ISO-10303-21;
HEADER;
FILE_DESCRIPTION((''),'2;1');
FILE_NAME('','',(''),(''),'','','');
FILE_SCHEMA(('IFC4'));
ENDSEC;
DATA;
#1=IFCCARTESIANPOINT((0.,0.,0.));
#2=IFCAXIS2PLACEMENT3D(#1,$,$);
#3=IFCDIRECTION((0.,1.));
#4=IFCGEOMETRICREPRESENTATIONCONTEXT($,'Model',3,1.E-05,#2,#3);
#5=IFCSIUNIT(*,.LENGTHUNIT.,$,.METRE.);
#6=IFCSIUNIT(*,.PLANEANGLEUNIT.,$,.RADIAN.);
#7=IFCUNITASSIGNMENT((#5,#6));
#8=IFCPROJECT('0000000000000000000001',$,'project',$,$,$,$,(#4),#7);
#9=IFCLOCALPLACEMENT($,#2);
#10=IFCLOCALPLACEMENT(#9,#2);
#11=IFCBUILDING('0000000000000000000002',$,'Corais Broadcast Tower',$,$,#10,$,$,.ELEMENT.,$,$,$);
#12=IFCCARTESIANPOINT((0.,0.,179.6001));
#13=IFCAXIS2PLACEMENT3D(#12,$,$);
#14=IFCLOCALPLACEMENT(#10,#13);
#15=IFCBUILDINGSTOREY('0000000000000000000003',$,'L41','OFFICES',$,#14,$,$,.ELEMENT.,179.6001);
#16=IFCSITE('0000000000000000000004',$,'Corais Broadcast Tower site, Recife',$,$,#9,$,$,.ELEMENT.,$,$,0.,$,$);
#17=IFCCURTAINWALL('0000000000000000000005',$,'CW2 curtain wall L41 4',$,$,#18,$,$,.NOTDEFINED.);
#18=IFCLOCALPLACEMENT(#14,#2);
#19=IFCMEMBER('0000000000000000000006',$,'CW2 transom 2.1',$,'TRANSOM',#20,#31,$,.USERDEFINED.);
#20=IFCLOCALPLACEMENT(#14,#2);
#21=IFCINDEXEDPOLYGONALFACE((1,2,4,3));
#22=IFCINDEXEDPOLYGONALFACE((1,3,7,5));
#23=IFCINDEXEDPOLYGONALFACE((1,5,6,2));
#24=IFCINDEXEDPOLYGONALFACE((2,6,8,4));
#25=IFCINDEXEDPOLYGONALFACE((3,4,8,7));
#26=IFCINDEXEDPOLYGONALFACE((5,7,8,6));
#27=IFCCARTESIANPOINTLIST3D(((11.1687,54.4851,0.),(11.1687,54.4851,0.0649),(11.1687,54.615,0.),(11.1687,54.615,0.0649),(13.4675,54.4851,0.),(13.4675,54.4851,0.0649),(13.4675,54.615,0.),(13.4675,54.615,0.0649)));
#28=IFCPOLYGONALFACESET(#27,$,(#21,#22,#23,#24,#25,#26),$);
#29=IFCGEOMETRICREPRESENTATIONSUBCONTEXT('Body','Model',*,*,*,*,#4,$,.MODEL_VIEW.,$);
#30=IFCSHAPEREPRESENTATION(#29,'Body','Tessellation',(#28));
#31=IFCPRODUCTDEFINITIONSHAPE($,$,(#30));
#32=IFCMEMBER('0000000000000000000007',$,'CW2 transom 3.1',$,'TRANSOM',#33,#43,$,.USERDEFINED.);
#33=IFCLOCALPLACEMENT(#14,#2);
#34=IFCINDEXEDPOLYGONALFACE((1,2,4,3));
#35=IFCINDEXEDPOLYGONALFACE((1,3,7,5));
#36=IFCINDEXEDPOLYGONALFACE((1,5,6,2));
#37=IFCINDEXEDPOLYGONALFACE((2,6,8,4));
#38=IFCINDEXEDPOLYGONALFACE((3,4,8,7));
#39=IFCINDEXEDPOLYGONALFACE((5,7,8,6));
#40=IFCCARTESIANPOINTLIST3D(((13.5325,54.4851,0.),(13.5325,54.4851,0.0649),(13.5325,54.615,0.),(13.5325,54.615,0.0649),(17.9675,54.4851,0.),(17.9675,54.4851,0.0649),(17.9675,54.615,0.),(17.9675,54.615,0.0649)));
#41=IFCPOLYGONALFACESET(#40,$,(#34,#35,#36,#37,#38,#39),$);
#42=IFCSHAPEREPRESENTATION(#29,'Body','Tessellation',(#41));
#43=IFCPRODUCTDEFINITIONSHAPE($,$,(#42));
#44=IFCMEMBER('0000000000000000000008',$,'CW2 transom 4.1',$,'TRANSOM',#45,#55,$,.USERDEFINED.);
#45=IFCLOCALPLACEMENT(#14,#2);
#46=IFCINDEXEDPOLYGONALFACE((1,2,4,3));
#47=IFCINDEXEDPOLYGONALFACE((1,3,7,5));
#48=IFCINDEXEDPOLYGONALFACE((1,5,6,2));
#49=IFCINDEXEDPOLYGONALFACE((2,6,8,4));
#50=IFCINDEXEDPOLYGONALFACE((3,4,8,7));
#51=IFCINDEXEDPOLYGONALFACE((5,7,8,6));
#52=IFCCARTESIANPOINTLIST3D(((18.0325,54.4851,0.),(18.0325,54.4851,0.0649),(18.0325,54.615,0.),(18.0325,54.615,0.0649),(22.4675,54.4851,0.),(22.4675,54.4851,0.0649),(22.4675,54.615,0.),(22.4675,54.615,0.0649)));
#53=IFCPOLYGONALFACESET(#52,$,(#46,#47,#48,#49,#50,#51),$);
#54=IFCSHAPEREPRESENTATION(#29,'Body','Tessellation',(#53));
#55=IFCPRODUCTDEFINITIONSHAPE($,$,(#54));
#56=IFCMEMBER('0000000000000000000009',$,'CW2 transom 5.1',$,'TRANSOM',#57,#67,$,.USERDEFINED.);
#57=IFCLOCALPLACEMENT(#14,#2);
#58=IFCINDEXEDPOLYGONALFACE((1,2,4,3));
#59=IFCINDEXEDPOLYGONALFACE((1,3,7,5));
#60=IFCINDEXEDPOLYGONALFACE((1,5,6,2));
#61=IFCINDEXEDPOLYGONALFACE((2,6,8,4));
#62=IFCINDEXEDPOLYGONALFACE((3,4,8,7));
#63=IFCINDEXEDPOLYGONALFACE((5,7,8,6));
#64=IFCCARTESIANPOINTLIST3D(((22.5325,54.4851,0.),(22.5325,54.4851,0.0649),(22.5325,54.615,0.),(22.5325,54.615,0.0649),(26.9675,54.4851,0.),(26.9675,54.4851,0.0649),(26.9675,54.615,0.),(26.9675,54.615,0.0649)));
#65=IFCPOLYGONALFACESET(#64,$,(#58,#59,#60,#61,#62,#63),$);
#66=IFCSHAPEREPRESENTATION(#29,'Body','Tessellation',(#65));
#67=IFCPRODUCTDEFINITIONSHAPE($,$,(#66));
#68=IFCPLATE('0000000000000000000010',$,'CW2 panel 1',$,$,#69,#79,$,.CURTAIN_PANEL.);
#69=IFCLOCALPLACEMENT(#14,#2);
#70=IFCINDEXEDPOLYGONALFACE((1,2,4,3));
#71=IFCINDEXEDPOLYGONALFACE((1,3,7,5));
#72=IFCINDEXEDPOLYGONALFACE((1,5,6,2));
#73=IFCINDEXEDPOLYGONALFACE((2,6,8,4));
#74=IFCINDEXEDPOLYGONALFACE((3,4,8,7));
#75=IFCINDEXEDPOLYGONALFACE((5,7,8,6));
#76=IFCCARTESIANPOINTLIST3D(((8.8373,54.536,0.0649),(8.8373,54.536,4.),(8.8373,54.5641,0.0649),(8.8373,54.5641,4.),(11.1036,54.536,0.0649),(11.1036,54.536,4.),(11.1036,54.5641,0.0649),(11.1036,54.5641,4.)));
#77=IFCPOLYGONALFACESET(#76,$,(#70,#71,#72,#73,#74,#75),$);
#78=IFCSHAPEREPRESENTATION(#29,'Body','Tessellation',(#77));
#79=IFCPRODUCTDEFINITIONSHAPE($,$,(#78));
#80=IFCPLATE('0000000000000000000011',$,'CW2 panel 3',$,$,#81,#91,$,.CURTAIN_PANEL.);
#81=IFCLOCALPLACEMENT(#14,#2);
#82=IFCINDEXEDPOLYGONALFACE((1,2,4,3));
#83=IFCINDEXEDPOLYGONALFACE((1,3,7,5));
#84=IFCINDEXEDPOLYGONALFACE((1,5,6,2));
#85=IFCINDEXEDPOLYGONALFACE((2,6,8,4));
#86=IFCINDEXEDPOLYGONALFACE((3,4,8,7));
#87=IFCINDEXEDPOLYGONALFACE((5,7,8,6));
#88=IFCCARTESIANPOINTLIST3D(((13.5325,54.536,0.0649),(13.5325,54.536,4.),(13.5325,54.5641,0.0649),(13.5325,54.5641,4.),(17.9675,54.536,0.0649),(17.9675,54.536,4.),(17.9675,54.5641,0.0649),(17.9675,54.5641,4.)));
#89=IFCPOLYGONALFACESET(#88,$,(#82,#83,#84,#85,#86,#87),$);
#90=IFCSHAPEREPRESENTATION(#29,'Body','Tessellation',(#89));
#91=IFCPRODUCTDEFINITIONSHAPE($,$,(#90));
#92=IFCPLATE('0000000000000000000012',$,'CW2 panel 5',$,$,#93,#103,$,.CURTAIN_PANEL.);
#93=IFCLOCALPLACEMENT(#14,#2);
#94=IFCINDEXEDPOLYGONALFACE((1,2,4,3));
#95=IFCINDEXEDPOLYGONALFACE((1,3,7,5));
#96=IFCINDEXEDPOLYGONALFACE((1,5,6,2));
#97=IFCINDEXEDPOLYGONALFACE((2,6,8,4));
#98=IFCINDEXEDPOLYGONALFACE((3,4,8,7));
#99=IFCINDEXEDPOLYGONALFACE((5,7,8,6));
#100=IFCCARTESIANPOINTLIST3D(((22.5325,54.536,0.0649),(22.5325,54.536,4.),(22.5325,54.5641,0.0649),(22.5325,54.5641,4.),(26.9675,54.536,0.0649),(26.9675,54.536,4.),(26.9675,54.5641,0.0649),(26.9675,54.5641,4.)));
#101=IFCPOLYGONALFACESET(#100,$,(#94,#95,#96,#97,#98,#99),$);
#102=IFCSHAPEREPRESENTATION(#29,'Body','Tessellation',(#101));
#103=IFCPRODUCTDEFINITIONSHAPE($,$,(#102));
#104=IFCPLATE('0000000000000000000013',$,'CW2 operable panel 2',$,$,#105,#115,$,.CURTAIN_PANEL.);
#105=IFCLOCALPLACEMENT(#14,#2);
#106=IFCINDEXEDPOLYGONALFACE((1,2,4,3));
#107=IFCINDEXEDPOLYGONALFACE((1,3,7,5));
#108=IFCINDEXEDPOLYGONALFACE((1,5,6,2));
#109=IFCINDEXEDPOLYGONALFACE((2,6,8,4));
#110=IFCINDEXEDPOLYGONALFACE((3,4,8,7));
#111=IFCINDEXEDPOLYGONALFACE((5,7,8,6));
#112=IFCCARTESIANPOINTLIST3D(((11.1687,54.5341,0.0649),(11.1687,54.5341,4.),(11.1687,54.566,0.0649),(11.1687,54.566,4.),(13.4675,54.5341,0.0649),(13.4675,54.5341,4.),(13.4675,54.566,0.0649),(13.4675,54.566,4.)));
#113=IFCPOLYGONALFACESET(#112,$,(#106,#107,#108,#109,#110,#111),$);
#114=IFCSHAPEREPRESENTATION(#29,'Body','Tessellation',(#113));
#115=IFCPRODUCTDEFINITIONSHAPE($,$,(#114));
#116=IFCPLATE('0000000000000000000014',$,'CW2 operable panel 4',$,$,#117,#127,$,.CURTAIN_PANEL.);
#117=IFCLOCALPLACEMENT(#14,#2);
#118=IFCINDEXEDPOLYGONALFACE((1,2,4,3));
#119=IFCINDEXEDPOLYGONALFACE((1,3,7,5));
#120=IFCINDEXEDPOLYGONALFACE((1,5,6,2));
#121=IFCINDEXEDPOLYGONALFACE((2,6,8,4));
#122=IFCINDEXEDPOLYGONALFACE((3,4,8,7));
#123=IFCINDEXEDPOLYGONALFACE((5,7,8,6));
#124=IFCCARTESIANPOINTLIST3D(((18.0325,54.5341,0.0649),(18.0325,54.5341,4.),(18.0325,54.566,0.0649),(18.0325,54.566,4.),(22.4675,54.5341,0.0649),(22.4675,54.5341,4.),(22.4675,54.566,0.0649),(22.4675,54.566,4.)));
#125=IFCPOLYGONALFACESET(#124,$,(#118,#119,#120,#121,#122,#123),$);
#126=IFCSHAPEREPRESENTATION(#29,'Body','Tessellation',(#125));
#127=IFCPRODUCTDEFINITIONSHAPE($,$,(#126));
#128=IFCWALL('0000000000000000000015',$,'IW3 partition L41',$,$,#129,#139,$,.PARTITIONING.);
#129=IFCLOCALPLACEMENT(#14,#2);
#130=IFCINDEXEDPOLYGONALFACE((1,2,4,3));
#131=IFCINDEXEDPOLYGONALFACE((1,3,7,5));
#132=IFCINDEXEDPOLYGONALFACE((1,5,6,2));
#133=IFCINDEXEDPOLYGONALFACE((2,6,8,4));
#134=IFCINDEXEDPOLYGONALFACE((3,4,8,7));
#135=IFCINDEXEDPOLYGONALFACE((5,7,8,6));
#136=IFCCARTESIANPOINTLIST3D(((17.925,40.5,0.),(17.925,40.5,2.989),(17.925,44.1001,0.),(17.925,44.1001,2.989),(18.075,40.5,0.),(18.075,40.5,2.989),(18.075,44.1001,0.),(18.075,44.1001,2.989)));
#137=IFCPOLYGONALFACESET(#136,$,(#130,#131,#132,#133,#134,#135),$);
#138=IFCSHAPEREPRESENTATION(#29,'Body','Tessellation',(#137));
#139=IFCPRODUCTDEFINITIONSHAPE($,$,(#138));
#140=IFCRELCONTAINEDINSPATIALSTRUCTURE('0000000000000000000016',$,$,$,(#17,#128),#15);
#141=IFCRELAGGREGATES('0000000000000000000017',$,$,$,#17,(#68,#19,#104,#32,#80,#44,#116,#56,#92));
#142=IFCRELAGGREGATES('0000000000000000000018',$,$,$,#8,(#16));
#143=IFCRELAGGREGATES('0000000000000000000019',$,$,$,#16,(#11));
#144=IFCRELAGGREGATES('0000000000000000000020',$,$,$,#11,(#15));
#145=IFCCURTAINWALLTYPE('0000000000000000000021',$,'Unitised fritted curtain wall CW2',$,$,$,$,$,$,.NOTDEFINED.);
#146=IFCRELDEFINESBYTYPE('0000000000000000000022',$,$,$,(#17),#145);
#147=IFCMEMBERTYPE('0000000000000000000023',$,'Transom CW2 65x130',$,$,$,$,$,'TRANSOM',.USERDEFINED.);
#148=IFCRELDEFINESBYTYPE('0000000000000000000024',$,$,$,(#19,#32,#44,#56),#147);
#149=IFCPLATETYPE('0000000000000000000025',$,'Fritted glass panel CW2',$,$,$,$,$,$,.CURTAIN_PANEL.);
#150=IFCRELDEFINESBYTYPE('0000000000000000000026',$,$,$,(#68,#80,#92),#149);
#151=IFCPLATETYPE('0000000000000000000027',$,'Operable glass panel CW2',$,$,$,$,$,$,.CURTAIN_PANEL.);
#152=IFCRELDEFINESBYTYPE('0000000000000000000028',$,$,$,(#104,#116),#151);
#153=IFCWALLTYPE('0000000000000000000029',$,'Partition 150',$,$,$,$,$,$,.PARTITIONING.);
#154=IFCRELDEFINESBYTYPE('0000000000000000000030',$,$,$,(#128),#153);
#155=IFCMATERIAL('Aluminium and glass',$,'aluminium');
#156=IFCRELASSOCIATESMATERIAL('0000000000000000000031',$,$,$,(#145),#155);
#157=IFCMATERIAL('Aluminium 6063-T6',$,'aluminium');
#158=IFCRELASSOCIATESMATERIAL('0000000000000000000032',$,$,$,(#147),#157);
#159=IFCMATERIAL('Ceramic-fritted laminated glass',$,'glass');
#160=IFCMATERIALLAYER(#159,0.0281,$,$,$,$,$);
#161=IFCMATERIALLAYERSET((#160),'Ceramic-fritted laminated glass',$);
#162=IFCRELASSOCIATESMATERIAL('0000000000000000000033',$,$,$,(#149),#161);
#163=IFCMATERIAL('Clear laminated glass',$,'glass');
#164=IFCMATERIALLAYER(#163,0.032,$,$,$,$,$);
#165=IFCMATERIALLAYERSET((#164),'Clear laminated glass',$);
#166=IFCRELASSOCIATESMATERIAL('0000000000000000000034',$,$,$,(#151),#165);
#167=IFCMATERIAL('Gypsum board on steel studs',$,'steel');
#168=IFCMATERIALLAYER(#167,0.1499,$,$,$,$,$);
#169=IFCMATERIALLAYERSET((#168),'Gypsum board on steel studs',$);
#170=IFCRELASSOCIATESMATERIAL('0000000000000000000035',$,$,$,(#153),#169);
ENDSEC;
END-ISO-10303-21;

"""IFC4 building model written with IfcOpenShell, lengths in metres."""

from ifc_helpers import new_model, si_unit, direction, frame, frame_2d, origin, origin_2d, place, context, subcontext, project, spatial, rectangle, extrude, material, layer, layer_set, material_profile, profile_set, type_object, element, aggregate, save


model = new_model("IFC4")

# Units and contexts
model_context = context("Model", 3, precision=1e-05, world=origin(), true_north=direction((0.0, 1.0)))
body_context = subcontext(model_context, "Body", "Model", "MODEL_VIEW")
ifc_project = project(units=[si_unit("LENGTHUNIT", "METRE"), si_unit("PLANEANGLEUNIT", "RADIAN")], contexts=[model_context])

# Site, building, storey
site_placement = place(None, origin())
site = spatial("IfcSite", under=ifc_project, at=site_placement, Name="Corais Broadcast Tower site, Recife", CompositionType="ELEMENT", RefElevation=0.0)
building_placement = place(site_placement, origin())
building = spatial("IfcBuilding", under=site, at=building_placement, Name="Corais Broadcast Tower", CompositionType="ELEMENT")
storey_placement = place(building_placement, frame((0.0, 0.0, 179.6001)))
storey = spatial("IfcBuildingStorey", under=building, at=storey_placement, Name="L41", Description="OFFICES", CompositionType="ELEMENT", Elevation=179.6001)

# Curtain wall
ifc_material_1 = material(Name="Aluminium and glass", Category="aluminium")
curtain_wall_type = type_object("IfcCurtainWallType", Name="Unitised fritted curtain wall CW2", PredefinedType="NOTDEFINED", material=ifc_material_1)
curtain_wall_placement = place(storey_placement, origin())
curtain_wall = element("IfcCurtainWall", 1, at=curtain_wall_placement, inside=storey, type_object=curtain_wall_type, Name="CW2 curtain wall L41 4", PredefinedType="NOTDEFINED")

# Members
ifc_material_2 = material(Name="Aluminium 6063-T6", Category="aluminium")
ifc_material_profile_1 = material_profile(ifc_material_2, rectangle(XDim=0.1299, YDim=0.0649, at=origin_2d()), Name="Transom CW2 65x130")
ifc_profile_set_1 = profile_set([ifc_material_profile_1], Name="Aluminium 6063-T6")
member_type_1 = type_object("IfcMemberType", Name="Transom CW2 65x130", ElementType="TRANSOM", PredefinedType="USERDEFINED", material=ifc_profile_set_1)
member_1_placement = place(storey_placement, frame((11.1687, 54.55, 0.0325), z_axis=(1.0, 0.0, 0.0), x_axis=(0.0, 1.0, 0.0)))
member_1 = element("IfcMember", 2, at=member_1_placement, type_object=member_type_1, Name="CW2 transom 2.1", ObjectType="TRANSOM", PredefinedType="USERDEFINED", context=body_context, shape_type="SweptSolid", body=[
    extrude(rectangle(XDim=0.1299, YDim=0.0649, at=origin_2d()), origin(), (0.0, 0.0, 1.0), 2.2988),
])
member_2_placement = place(storey_placement, frame((13.5325, 54.55, 0.0325), z_axis=(1.0, 0.0, 0.0), x_axis=(0.0, 1.0, 0.0)))
member_2 = element("IfcMember", 3, at=member_2_placement, type_object=member_type_1, Name="CW2 transom 3.1", ObjectType="TRANSOM", PredefinedType="USERDEFINED", context=body_context, shape_type="SweptSolid", body=[
    extrude(rectangle(XDim=0.1299, YDim=0.0649, at=origin_2d()), origin(), (0.0, 0.0, 1.0), 4.4351),
])
member_3_placement = place(storey_placement, frame((18.0325, 54.55, 0.0325), z_axis=(1.0, 0.0, 0.0), x_axis=(0.0, 1.0, 0.0)))
member_3 = element("IfcMember", 4, at=member_3_placement, type_object=member_type_1, Name="CW2 transom 4.1", ObjectType="TRANSOM", PredefinedType="USERDEFINED", context=body_context, shape_type="SweptSolid", body=[
    extrude(rectangle(XDim=0.1299, YDim=0.0649, at=origin_2d()), origin(), (0.0, 0.0, 1.0), 4.4351),
])
member_4_placement = place(storey_placement, frame((22.5325, 54.55, 0.0325), z_axis=(1.0, 0.0, 0.0), x_axis=(0.0, 1.0, 0.0)))
member_4 = element("IfcMember", 5, at=member_4_placement, type_object=member_type_1, Name="CW2 transom 5.1", ObjectType="TRANSOM", PredefinedType="USERDEFINED", context=body_context, shape_type="SweptSolid", body=[
    extrude(rectangle(XDim=0.1299, YDim=0.0649, at=origin_2d()), origin(), (0.0, 0.0, 1.0), 4.4351),
])

# Plates
ifc_material_3 = material(Name="Ceramic-fritted laminated glass", Category="glass")
ifc_layer_1 = layer(ifc_material_3, 0.0281)
ifc_layer_set_1 = layer_set([ifc_layer_1], Name="Ceramic-fritted laminated glass")
plate_type_1 = type_object("IfcPlateType", Name="Fritted glass panel CW2", PredefinedType="CURTAIN_PANEL", material=ifc_layer_set_1)
plate_1_placement = place(storey_placement, frame((9.9705, 54.55, 0.0649), z_axis=(0.0, 0.0, 1.0), x_axis=(1.0, 0.0, 0.0)))
plate_1 = element("IfcPlate", 6, at=plate_1_placement, type_object=plate_type_1, Name="CW2 panel 1", PredefinedType="CURTAIN_PANEL", context=body_context, shape_type="SweptSolid", body=[
    extrude(rectangle(XDim=2.2664, YDim=0.0281, at=origin_2d()), origin(), (0.0, 0.0, 1.0), 3.9351),
])
plate_2_placement = place(storey_placement, frame((15.75, 54.55, 0.0649), z_axis=(0.0, 0.0, 1.0), x_axis=(1.0, 0.0, 0.0)))
plate_2 = element("IfcPlate", 7, at=plate_2_placement, type_object=plate_type_1, Name="CW2 panel 3", PredefinedType="CURTAIN_PANEL", context=body_context, shape_type="SweptSolid", body=[
    extrude(rectangle(XDim=4.4351, YDim=0.0281, at=origin_2d()), origin(), (0.0, 0.0, 1.0), 3.9351),
])
plate_3_placement = place(storey_placement, frame((24.75, 54.55, 0.0649), z_axis=(0.0, 0.0, 1.0), x_axis=(1.0, 0.0, 0.0)))
plate_3 = element("IfcPlate", 8, at=plate_3_placement, type_object=plate_type_1, Name="CW2 panel 5", PredefinedType="CURTAIN_PANEL", context=body_context, shape_type="SweptSolid", body=[
    extrude(rectangle(XDim=4.4351, YDim=0.0281, at=origin_2d()), origin(), (0.0, 0.0, 1.0), 3.9351),
])
ifc_material_4 = material(Name="Clear laminated glass", Category="glass")
ifc_layer_2 = layer(ifc_material_4, 0.032)
ifc_layer_set_2 = layer_set([ifc_layer_2], Name="Clear laminated glass")
plate_type_2 = type_object("IfcPlateType", Name="Operable glass panel CW2", PredefinedType="CURTAIN_PANEL", material=ifc_layer_set_2)
plate_4_placement = place(storey_placement, frame((12.3181, 54.55, 0.0649), z_axis=(0.0, 0.0, 1.0), x_axis=(1.0, 0.0, 0.0)))
plate_4 = element("IfcPlate", 9, at=plate_4_placement, type_object=plate_type_2, Name="CW2 operable panel 2", PredefinedType="CURTAIN_PANEL", context=body_context, shape_type="SweptSolid", body=[
    extrude(rectangle(XDim=2.2988, YDim=0.032, at=origin_2d()), origin(), (0.0, 0.0, 1.0), 3.9351),
])
plate_5_placement = place(storey_placement, frame((20.25, 54.55, 0.0649), z_axis=(0.0, 0.0, 1.0), x_axis=(1.0, 0.0, 0.0)))
plate_5 = element("IfcPlate", 10, at=plate_5_placement, type_object=plate_type_2, Name="CW2 operable panel 4", PredefinedType="CURTAIN_PANEL", context=body_context, shape_type="SweptSolid", body=[
    extrude(rectangle(XDim=4.4351, YDim=0.032, at=origin_2d()), origin(), (0.0, 0.0, 1.0), 3.9351),
])
aggregate(curtain_wall, [plate_1, member_1, plate_4, member_2, plate_2, member_3, plate_5, member_4, plate_3])

# Wall
ifc_material_5 = material(Name="Gypsum board on steel studs", Category="steel")
ifc_layer_3 = layer(ifc_material_5, 0.1499)
ifc_layer_set_3 = layer_set([ifc_layer_3], Name="Gypsum board on steel studs")
wall_type = type_object("IfcWallType", Name="Partition 150", PredefinedType="PARTITIONING", material=ifc_layer_set_3)
wall_placement = place(storey_placement, frame((18.0, 44.1001, 0.0), z_axis=(0.0, 0.0, 1.0), x_axis=(0.0, -1.0, 0.0)))
element("IfcWall", 11, at=wall_placement, inside=storey, type_object=wall_type, Name="IW3 partition L41", PredefinedType="PARTITIONING", context=body_context, shape_type="SweptSolid", body=[
    extrude(rectangle(XDim=3.6001, YDim=0.1499, at=frame_2d((1.8, 0.0))), origin(), (0.0, 0.0, 1.0), 2.989),
])

save(model, "model.ifc")
